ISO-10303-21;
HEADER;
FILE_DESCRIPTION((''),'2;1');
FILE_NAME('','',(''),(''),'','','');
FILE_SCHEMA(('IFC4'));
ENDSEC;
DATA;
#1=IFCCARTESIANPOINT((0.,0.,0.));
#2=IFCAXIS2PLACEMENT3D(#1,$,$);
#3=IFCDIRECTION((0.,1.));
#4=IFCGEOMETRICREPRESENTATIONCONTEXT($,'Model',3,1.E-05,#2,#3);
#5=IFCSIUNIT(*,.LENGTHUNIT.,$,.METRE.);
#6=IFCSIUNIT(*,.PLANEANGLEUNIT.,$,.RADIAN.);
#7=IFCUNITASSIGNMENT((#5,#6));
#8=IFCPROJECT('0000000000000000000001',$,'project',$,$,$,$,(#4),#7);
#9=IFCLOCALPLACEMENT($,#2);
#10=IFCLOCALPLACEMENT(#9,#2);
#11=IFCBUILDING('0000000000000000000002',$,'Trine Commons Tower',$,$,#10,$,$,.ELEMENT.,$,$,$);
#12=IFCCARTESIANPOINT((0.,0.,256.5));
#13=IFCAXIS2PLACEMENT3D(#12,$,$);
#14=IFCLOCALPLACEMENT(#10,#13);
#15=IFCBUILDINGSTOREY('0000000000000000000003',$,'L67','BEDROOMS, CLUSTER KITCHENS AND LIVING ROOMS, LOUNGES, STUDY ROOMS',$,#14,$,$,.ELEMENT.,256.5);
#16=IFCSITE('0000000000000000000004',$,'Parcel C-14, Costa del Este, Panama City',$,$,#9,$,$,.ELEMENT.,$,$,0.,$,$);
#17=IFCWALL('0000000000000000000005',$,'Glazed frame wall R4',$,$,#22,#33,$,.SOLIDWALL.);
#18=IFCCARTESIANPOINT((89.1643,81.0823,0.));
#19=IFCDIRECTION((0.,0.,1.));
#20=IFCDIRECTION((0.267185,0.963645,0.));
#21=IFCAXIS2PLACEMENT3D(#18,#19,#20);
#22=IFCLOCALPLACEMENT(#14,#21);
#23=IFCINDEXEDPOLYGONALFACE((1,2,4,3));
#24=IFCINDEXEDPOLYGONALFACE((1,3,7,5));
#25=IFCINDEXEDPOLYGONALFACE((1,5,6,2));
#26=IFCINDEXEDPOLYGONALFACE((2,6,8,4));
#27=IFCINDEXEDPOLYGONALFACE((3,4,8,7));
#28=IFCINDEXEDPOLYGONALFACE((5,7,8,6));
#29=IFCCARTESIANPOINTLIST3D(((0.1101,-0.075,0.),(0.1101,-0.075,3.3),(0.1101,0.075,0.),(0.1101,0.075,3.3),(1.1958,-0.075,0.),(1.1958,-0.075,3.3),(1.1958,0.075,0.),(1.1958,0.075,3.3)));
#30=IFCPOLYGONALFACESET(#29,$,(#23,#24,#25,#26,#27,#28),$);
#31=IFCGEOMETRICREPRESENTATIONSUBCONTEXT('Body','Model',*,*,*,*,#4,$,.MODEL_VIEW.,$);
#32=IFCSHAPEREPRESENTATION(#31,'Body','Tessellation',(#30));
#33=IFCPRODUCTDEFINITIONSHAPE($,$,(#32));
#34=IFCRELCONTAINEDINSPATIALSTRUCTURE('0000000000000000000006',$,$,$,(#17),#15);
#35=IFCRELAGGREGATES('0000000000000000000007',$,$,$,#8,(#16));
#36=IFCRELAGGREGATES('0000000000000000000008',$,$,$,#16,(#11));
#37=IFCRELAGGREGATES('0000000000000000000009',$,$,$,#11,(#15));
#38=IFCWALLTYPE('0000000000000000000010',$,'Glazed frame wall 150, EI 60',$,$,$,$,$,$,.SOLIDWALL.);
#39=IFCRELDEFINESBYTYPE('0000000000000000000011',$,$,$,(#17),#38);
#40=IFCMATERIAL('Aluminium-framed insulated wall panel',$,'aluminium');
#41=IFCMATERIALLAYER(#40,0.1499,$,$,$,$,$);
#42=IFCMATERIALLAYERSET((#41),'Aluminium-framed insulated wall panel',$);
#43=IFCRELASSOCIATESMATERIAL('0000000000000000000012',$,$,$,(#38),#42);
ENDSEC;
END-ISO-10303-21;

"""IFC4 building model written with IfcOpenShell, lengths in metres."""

from ifc_helpers import new_model, si_unit, direction, frame, origin, place, context, subcontext, project, spatial, polyline, outline, extrude, material, layer, layer_set, type_object, element, save


model = new_model("IFC4")

# Units and contexts
model_context = context("Model", 3, precision=1e-05, world=origin(), true_north=direction((0.0, 1.0)))
body_context = subcontext(model_context, "Body", "Model", "MODEL_VIEW")
ifc_project = project(units=[si_unit("LENGTHUNIT", "METRE"), si_unit("PLANEANGLEUNIT", "RADIAN")], contexts=[model_context])

# Site, building, storey
site_placement = place(None, origin())
site = spatial("IfcSite", under=ifc_project, at=site_placement, Name="Parcel C-14, Costa del Este, Panama City", CompositionType="ELEMENT", RefElevation=0.0)
building_placement = place(site_placement, origin())
building = spatial("IfcBuilding", under=site, at=building_placement, Name="Trine Commons Tower", CompositionType="ELEMENT")
storey_placement = place(building_placement, frame((0.0, 0.0, 256.5)))
storey = spatial("IfcBuildingStorey", under=building, at=storey_placement, Name="L67", Description="BEDROOMS, CLUSTER KITCHENS AND LIVING ROOMS, LOUNGES, STUDY ROOMS", CompositionType="ELEMENT", Elevation=256.5)

# Shared definitions
ifc_material_1 = material(Name="Aluminium-framed insulated wall panel", Category="aluminium")
ifc_layer_1 = layer(ifc_material_1, 0.1499)
ifc_layer_set_1 = layer_set([ifc_layer_1], Name="Aluminium-framed insulated wall panel")
wall_type_1 = type_object("IfcWallType", Name="Glazed frame wall 150, EI 60", PredefinedType="SOLIDWALL", material=ifc_layer_set_1)

# Wall
wall_1_placement = place(storey_placement, frame((89.1643, 81.0823, 0.0), z_axis=(0.0, 0.0, 1.0), x_axis=(0.267185, 0.963645, 0.0)))
element("IfcWall", 1, at=wall_1_placement, inside=storey, type_object=wall_type_1, Name="Glazed frame wall R4", PredefinedType="SOLIDWALL", context=body_context, shape_type="SweptSolid", body=[
    extrude(outline(polyline([(0.1101, 0.075), (0.1101, -0.075), (1.1958, -0.075), (1.1958, 0.075), (0.1101, 0.075)])), origin(), (0.0, 0.0, 1.0), 3.3),
])

save(model, "model.ifc")
